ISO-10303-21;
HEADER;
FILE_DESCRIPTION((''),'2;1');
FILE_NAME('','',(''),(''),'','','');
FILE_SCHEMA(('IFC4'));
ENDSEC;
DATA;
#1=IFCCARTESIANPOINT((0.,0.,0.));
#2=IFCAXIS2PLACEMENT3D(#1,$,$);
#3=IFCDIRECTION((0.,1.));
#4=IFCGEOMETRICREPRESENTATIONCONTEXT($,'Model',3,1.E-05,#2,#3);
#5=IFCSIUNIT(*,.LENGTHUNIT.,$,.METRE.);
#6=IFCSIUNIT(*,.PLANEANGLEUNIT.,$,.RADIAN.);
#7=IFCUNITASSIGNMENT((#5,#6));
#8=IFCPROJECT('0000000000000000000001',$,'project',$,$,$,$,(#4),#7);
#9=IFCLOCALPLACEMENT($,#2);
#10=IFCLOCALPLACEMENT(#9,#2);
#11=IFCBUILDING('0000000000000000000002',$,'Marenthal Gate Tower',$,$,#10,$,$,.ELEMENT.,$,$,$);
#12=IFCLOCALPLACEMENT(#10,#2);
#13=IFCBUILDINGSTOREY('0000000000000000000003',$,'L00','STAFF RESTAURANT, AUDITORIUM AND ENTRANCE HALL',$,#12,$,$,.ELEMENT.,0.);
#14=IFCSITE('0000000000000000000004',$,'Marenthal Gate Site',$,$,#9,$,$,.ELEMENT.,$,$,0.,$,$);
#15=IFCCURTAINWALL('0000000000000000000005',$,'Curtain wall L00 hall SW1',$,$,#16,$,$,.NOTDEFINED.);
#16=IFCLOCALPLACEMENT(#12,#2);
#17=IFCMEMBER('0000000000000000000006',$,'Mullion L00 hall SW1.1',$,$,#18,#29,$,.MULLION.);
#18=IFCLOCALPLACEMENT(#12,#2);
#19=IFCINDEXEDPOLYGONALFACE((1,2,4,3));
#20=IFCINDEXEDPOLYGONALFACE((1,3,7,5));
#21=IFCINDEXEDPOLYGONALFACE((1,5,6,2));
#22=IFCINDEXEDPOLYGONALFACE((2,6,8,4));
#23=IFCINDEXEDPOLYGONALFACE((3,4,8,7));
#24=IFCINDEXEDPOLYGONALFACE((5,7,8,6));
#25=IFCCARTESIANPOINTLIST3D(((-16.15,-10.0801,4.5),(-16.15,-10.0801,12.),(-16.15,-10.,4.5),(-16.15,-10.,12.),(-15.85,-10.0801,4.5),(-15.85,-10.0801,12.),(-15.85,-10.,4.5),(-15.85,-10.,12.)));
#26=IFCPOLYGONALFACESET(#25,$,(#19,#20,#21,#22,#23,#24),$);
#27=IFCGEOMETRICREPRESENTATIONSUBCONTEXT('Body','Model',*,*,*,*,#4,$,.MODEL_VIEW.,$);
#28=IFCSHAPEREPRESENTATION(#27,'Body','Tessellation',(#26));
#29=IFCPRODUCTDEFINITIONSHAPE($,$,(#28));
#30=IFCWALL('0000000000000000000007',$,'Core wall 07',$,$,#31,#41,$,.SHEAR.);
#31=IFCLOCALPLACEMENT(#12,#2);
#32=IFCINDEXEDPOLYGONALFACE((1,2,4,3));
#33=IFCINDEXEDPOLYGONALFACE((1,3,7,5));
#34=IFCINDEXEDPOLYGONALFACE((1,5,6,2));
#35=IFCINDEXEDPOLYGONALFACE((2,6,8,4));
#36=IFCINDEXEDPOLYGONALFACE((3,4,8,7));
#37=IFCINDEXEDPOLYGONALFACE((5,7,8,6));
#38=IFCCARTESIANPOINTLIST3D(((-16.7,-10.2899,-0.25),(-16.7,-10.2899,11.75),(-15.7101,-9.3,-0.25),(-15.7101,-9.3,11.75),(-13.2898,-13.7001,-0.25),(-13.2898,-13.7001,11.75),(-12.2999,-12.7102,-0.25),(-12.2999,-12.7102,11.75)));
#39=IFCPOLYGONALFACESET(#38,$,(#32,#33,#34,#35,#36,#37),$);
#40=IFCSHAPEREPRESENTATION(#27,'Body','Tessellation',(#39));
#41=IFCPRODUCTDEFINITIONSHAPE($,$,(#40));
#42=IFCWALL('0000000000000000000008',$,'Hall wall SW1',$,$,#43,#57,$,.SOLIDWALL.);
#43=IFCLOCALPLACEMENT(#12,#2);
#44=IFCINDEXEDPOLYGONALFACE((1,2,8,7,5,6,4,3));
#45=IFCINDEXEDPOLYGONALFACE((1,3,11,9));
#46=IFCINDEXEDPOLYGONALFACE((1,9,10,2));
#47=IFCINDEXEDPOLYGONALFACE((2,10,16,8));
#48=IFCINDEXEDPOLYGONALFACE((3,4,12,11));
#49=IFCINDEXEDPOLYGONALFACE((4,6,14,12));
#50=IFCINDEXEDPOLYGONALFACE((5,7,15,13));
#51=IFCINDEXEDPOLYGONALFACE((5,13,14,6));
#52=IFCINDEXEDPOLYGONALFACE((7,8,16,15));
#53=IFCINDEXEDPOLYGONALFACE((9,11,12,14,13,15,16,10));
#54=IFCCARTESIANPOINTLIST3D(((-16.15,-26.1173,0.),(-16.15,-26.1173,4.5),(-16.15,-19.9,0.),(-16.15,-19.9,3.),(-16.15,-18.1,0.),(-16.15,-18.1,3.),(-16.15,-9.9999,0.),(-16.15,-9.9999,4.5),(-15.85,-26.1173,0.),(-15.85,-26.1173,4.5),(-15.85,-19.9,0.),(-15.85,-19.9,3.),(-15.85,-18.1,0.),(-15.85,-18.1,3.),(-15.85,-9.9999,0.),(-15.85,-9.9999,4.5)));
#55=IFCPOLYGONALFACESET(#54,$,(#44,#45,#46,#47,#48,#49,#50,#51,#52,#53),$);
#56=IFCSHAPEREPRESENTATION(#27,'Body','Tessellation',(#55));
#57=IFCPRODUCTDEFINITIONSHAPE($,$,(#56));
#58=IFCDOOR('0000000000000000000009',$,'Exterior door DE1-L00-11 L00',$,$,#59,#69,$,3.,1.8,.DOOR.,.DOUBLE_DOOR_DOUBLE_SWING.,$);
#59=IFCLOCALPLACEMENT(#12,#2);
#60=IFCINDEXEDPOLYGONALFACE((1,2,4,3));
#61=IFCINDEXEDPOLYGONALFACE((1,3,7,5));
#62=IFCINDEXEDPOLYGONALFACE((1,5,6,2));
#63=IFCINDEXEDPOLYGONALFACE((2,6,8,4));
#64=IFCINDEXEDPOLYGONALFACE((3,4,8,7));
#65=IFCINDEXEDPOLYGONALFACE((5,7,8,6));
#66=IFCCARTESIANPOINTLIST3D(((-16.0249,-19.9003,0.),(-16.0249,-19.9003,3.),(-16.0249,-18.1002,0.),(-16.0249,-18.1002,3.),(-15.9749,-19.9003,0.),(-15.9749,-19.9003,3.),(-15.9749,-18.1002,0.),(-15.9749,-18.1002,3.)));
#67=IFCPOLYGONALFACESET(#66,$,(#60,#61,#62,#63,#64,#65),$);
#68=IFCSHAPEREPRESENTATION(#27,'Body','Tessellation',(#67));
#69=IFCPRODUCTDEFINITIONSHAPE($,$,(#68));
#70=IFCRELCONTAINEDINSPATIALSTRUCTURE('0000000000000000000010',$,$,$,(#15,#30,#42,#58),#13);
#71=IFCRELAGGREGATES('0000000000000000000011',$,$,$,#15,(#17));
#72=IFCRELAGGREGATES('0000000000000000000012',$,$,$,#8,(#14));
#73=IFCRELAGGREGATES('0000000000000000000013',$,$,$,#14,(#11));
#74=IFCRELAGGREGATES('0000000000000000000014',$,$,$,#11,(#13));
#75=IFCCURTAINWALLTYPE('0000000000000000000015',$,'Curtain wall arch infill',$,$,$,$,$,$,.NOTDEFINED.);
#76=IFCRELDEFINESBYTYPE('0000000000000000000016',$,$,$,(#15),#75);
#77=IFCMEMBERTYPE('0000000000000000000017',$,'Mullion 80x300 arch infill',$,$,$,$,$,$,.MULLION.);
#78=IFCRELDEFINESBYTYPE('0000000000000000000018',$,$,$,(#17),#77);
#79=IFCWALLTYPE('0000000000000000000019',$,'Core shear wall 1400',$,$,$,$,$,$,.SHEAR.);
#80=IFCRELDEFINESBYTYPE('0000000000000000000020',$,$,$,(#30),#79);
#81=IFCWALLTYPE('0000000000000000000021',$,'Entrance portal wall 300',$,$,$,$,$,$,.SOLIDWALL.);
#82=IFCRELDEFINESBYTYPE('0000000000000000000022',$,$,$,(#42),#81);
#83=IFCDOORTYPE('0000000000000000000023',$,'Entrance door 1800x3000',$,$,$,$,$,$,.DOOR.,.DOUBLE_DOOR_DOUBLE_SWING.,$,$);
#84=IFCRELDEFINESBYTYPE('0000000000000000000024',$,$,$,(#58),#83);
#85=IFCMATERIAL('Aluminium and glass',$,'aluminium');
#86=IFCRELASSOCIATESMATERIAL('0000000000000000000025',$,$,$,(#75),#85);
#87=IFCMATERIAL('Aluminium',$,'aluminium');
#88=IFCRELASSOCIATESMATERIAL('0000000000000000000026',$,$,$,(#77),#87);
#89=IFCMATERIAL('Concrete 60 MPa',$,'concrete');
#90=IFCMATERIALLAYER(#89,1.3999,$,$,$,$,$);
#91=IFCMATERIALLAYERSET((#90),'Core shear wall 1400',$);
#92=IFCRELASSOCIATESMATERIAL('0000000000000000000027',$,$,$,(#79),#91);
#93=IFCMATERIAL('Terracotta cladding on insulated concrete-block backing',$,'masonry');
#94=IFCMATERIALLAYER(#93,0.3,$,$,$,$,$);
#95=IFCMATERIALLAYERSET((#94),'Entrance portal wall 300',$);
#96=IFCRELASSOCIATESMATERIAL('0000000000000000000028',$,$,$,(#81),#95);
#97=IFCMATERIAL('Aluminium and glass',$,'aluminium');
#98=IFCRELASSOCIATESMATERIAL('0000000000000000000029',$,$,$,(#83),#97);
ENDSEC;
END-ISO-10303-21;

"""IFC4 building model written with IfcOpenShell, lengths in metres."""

from ifc_helpers import new_model, si_unit, direction, frame, frame_2d, origin, origin_2d, place, context, subcontext, project, spatial, rectangle, extrude, material, layer, layer_set, material_profile, profile_set, type_object, element, fill, aggregate, save


model = new_model("IFC4")

# Units and contexts
model_context = context("Model", 3, precision=1e-05, world=origin(), true_north=direction((0.0, 1.0)))
body_context = subcontext(model_context, "Body", "Model", "MODEL_VIEW")
ifc_project = project(units=[si_unit("LENGTHUNIT", "METRE"), si_unit("PLANEANGLEUNIT", "RADIAN")], contexts=[model_context])

# Site, building, storey
site_placement = place(None, origin())
site = spatial("IfcSite", under=ifc_project, at=site_placement, Name="Marenthal Gate Site", CompositionType="ELEMENT", RefElevation=0.0)
building_placement = place(site_placement, origin())
building = spatial("IfcBuilding", under=site, at=building_placement, Name="Marenthal Gate Tower", CompositionType="ELEMENT")
storey_placement = place(building_placement, origin())
storey = spatial("IfcBuildingStorey", under=building, at=storey_placement, Name="L00", Description="STAFF RESTAURANT, AUDITORIUM AND ENTRANCE HALL", CompositionType="ELEMENT", Elevation=0.0)

# Curtain wall, member
ifc_material_1 = material(Name="Aluminium and glass", Category="aluminium")
curtain_wall_type = type_object("IfcCurtainWallType", Name="Curtain wall arch infill", PredefinedType="NOTDEFINED", material=ifc_material_1)
curtain_wall_placement = place(storey_placement, origin())
curtain_wall = element("IfcCurtainWall", 1, at=curtain_wall_placement, inside=storey, type_object=curtain_wall_type, Name="Curtain wall L00 hall SW1", PredefinedType="NOTDEFINED")
ifc_material_2 = material(Name="Aluminium", Category="aluminium")
ifc_material_profile = material_profile(ifc_material_2, rectangle(XDim=0.3, YDim=0.0801, at=origin_2d()), Name="80x300 aluminium mullion")
ifc_profile_set = profile_set([ifc_material_profile], Name="Aluminium")
member_type = type_object("IfcMemberType", Name="Mullion 80x300 arch infill", PredefinedType="MULLION", material=ifc_profile_set)
member_placement = place(storey_placement, frame((-16.0, -10.04, 4.5), z_axis=(0.0, 0.0, 1.0), x_axis=(1.0, 0.0, 0.0)))
member = element("IfcMember", 2, at=member_placement, type_object=member_type, Name="Mullion L00 hall SW1.1", PredefinedType="MULLION", context=body_context, shape_type="SweptSolid", body=[
    extrude(rectangle(XDim=0.3, YDim=0.0801, at=origin_2d()), origin(), (0.0, 0.0, 1.0), 7.5),
])
aggregate(curtain_wall, [member])

# Wall
ifc_material_3 = material(Name="Concrete 60 MPa", Category="concrete")
ifc_layer_1 = layer(ifc_material_3, 1.3999)
ifc_layer_set_1 = layer_set([ifc_layer_1], Name="Core shear wall 1400")
wall_type_1 = type_object("IfcWallType", Name="Core shear wall 1400", PredefinedType="SHEAR", material=ifc_layer_set_1)
wall_1_placement = place(storey_placement, frame((-16.2051, -9.7949, -0.25), z_axis=(0.0, 0.0, 1.0), x_axis=(0.707107, -0.707107, 0.0)))
element("IfcWall", 3, at=wall_1_placement, inside=storey, type_object=wall_type_1, Name="Core wall 07", PredefinedType="SHEAR", context=body_context, shape_type="SweptSolid", body=[
    extrude(rectangle(XDim=4.8228, YDim=1.3999, at=frame_2d((2.4114, 0.0))), origin(), (0.0, 0.0, 1.0), 12.0),
])

# Wall, opening, door
ifc_material_4 = material(Name="Terracotta cladding on insulated concrete-block backing", Category="masonry")
ifc_layer_2 = layer(ifc_material_4, 0.3)
ifc_layer_set_2 = layer_set([ifc_layer_2], Name="Entrance portal wall 300")
wall_type_2 = type_object("IfcWallType", Name="Entrance portal wall 300", PredefinedType="SOLIDWALL", material=ifc_layer_set_2)
wall_2_placement = place(storey_placement, frame((-16.0, -10.0, 0.0), z_axis=(0.0, 0.0, 1.0), x_axis=(0.0, -1.0, 0.0)))
wall_2 = element("IfcWall", 4, at=wall_2_placement, inside=storey, type_object=wall_type_2, Name="Hall wall SW1", PredefinedType="SOLIDWALL", context=body_context, shape_type="SweptSolid", body=[
    extrude(rectangle(XDim=16.1174, YDim=0.3, at=frame_2d((8.0586, 0.0))), origin(), (0.0, 0.0, 1.0), 4.5),
])
opening_1_placement = place(wall_2_placement, frame((8.1001, 0.0, 0.0)))
opening_1 = element("IfcOpeningElement", 5, at=opening_1_placement, cuts=wall_2, PredefinedType="OPENING", context=body_context, shape_type="SweptSolid", body=[
    extrude(rectangle(XDim=1.8, YDim=3.0, at=frame_2d((0.8999, 1.5))), frame((0.0, 0.1602, 0.0), z_axis=(0.0, -1.0, 0.0), x_axis=(1.0, 0.0, 0.0)), (0.0, 0.0, 1.0), 0.3201),
])
ifc_material_5 = material(Name="Aluminium and glass", Category="aluminium")
door_type_1 = type_object("IfcDoorType", Name="Entrance door 1800x3000", OperationType="DOUBLE_DOOR_DOUBLE_SWING", PredefinedType="DOOR", material=ifc_material_5)
door_1_placement = place(opening_1_placement, frame((1.8, 0.0, 0.0), z_axis=(0.0, 0.0, 1.0), x_axis=(-1.0, 0.0, 0.0)))
door_1 = element("IfcDoor", 6, at=door_1_placement, inside=storey, type_object=door_type_1, Name="Exterior door DE1-L00-11 L00", OperationType="DOUBLE_DOOR_DOUBLE_SWING", OverallHeight=3.0, OverallWidth=1.8, PredefinedType="DOOR", context=body_context, shape_type="SweptSolid", body=[
    extrude(rectangle(XDim=1.8, YDim=3.0, at=frame_2d((0.8999, 1.5))), frame((0.0, 0.0249, 0.0), z_axis=(0.0, -1.0, 0.0), x_axis=(1.0, 0.0, 0.0)), (0.0, 0.0, 1.0), 0.05),
])
fill(opening_1, door_1)

save(model, "model.ifc")
